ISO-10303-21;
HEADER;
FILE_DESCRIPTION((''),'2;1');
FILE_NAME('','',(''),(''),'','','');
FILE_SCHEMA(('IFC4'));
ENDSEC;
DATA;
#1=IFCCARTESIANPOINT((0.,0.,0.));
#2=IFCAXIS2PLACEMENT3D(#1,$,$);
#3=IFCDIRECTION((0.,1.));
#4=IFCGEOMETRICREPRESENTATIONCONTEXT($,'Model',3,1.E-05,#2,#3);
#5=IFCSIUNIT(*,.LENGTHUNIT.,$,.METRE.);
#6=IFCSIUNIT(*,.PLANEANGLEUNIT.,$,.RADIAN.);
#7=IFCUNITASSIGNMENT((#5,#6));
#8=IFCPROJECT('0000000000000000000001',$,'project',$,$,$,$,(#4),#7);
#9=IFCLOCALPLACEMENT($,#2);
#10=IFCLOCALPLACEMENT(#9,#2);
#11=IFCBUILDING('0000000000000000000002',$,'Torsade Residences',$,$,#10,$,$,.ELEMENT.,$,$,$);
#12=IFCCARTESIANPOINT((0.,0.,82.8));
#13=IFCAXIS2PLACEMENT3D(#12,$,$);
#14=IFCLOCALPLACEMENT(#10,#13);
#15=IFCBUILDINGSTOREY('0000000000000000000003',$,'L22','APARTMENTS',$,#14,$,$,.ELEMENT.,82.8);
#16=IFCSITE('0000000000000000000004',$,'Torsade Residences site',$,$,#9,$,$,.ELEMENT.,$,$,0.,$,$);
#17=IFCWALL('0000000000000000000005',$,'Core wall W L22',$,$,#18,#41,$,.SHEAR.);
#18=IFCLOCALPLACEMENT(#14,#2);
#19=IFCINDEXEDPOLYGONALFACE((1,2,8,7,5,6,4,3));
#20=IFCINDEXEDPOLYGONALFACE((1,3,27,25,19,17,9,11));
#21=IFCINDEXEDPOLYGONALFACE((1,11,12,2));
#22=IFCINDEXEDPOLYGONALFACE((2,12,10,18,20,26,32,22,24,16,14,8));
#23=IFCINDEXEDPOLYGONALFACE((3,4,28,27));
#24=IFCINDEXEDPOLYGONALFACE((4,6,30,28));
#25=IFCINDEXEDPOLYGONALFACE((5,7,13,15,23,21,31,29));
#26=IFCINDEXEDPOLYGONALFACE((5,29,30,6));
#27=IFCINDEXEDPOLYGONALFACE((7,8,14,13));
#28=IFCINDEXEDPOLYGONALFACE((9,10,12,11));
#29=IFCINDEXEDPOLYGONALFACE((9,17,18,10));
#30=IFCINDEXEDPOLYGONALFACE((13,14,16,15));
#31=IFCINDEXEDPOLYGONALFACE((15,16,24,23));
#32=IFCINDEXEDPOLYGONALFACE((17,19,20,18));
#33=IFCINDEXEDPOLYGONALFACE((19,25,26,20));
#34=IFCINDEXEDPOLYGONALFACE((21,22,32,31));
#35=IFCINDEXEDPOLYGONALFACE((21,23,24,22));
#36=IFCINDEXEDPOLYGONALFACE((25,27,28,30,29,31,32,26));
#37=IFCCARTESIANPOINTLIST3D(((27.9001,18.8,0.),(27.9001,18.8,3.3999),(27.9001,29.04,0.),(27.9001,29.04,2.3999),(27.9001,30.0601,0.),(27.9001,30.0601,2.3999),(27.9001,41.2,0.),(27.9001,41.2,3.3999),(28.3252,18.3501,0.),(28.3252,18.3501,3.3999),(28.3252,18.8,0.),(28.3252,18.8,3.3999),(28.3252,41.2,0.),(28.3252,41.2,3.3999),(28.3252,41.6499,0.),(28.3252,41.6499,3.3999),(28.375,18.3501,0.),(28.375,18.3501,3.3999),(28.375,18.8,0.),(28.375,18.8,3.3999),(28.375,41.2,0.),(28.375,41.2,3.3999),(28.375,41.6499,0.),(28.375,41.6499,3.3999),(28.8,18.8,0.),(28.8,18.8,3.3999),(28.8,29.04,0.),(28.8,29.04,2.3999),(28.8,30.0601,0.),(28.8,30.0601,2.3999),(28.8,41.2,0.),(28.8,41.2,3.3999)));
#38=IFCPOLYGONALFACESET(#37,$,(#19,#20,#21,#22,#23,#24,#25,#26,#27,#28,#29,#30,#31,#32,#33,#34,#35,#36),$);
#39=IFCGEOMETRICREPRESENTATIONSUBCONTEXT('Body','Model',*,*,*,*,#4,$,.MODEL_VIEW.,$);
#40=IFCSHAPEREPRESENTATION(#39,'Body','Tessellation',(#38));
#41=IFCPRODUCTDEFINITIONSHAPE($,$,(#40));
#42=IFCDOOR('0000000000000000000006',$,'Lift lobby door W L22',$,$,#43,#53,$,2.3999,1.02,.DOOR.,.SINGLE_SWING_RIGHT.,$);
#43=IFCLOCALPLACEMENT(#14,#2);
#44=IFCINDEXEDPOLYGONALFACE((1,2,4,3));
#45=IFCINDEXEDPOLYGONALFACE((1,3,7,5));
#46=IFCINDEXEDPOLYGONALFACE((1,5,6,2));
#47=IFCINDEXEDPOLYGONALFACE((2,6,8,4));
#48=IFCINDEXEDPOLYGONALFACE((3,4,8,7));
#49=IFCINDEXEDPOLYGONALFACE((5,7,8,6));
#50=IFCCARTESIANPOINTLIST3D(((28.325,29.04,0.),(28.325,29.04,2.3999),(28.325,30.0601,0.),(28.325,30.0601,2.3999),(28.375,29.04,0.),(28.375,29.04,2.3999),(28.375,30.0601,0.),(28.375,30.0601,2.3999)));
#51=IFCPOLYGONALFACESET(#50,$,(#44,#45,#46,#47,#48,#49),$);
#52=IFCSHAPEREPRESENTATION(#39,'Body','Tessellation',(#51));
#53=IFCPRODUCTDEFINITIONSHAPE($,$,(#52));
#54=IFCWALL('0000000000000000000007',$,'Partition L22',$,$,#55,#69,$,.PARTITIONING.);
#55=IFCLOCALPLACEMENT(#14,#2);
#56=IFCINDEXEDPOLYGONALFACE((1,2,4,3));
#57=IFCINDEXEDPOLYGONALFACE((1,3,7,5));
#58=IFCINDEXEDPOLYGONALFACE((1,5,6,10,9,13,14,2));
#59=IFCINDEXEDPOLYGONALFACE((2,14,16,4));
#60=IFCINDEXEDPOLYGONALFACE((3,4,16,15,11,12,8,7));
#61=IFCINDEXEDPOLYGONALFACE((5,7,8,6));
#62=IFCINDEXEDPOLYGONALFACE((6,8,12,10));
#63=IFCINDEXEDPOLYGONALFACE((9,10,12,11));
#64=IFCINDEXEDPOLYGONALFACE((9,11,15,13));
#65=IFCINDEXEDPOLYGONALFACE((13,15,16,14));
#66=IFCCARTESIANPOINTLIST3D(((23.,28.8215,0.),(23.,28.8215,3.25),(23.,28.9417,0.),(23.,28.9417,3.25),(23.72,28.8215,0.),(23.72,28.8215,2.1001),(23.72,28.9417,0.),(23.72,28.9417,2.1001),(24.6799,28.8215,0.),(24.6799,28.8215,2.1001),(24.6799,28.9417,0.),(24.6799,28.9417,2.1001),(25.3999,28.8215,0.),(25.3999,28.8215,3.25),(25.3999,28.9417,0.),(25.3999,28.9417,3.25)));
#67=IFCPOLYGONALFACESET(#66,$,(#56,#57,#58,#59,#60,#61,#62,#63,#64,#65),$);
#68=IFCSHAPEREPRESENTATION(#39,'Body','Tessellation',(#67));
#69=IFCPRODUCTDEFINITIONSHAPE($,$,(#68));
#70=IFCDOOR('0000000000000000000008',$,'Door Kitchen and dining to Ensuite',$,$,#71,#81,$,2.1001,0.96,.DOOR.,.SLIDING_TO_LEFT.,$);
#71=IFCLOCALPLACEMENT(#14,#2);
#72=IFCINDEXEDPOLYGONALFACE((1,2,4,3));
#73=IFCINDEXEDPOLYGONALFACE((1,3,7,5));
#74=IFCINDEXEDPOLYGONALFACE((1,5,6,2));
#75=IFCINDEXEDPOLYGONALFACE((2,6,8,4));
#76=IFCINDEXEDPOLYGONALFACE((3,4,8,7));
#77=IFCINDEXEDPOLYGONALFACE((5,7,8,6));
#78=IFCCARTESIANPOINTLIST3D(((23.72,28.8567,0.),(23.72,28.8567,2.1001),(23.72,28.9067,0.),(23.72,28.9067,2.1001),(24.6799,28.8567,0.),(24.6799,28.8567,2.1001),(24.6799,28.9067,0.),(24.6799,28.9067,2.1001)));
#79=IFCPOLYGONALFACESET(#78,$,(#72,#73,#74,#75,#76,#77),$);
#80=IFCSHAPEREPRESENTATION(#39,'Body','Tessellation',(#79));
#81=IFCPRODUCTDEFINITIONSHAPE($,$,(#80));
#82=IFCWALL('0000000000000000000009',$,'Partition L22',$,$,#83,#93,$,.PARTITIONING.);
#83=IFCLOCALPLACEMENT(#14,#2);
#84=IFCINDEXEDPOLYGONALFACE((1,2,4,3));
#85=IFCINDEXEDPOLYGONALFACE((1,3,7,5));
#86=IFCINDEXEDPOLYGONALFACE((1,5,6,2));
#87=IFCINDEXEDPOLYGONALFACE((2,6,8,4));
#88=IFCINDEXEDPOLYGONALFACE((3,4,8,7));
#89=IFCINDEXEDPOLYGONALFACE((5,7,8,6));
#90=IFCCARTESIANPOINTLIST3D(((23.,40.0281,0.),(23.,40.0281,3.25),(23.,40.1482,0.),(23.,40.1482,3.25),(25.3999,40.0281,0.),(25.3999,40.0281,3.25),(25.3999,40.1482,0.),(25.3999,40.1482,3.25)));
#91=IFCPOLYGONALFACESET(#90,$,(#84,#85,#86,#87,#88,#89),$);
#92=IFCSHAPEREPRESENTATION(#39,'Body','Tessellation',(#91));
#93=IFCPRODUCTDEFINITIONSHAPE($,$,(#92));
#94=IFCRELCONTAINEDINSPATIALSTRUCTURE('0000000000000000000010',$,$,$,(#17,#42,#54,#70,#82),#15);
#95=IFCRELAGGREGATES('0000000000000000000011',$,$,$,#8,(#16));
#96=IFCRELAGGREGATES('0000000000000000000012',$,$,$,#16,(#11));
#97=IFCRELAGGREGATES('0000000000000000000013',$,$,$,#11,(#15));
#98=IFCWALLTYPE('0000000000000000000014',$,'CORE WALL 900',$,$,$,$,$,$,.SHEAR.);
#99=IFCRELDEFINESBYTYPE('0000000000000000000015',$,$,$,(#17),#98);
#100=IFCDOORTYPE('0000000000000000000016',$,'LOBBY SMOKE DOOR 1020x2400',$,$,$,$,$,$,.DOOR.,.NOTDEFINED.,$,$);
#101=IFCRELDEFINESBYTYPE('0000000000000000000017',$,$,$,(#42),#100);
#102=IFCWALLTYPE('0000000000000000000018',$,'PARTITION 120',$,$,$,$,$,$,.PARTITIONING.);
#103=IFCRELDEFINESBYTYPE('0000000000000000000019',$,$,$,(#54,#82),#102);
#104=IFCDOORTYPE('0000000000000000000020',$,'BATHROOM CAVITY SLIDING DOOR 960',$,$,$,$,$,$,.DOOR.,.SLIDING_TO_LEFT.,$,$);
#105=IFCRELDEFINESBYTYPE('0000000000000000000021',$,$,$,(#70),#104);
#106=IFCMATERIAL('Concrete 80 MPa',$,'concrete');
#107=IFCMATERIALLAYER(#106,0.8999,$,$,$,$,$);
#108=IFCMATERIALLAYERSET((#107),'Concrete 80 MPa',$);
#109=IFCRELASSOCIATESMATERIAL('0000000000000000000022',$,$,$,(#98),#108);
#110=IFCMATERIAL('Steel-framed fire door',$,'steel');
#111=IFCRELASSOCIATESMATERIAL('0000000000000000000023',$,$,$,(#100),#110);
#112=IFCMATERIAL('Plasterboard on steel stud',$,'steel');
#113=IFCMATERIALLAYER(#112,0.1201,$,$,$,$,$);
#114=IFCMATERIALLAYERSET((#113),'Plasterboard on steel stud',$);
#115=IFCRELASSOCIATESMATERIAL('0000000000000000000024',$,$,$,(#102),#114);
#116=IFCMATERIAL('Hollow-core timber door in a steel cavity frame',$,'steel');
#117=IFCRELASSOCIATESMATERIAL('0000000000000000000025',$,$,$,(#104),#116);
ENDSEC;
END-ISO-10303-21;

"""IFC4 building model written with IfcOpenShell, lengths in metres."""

from ifc_helpers import new_model, si_unit, direction, frame, frame_2d, origin, place, context, subcontext, project, spatial, polyline, rectangle, outline, extrude, material, layer, layer_set, type_object, element, fill, save


model = new_model("IFC4")

# Units and contexts
model_context = context("Model", 3, precision=1e-05, world=origin(), true_north=direction((0.0, 1.0)))
body_context = subcontext(model_context, "Body", "Model", "MODEL_VIEW")
ifc_project = project(units=[si_unit("LENGTHUNIT", "METRE"), si_unit("PLANEANGLEUNIT", "RADIAN")], contexts=[model_context])

# Site, building, storey
site_placement = place(None, origin())
site = spatial("IfcSite", under=ifc_project, at=site_placement, Name="Torsade Residences site", CompositionType="ELEMENT", RefElevation=0.0)
building_placement = place(site_placement, origin())
building = spatial("IfcBuilding", under=site, at=building_placement, Name="Torsade Residences", CompositionType="ELEMENT")
storey_placement = place(building_placement, frame((0.0, 0.0, 82.8)))
storey = spatial("IfcBuildingStorey", under=building, at=storey_placement, Name="L22", Description="APARTMENTS", CompositionType="ELEMENT", Elevation=82.8)

# Shared definitions
ifc_material_1 = material(Name="Concrete 80 MPa", Category="concrete")
ifc_layer_1 = layer(ifc_material_1, 0.8999)
ifc_layer_set_1 = layer_set([ifc_layer_1], Name="Concrete 80 MPa")
wall_type_1 = type_object("IfcWallType", Name="CORE WALL 900", PredefinedType="SHEAR", material=ifc_layer_set_1)

# Walls, openings, doors
wall_1_placement = place(storey_placement, frame((28.3501, 41.2, 0.0), z_axis=(0.0, 0.0, 1.0), x_axis=(0.0, -1.0, 0.0)))
wall_1 = element("IfcWall", 1, at=wall_1_placement, inside=storey, type_object=wall_type_1, Name="Core wall W L22", PredefinedType="SHEAR", context=body_context, shape_type="SweptSolid", body=[
    extrude(outline(polyline([(0.0, -0.45), (22.3999, -0.45), (22.3999, -0.0249), (22.8499, -0.0249), (22.8499, 0.0249), (22.3999, 0.0249), (22.3999, 0.45), (0.0, 0.45), (0.0, 0.0249), (-0.45, 0.0249), (-0.45, -0.0249), (0.0, -0.0249), (0.0, -0.45)])), origin(), (0.0, 0.0, 1.0), 3.3999),
])
opening_1_placement = place(wall_1_placement, frame((11.1399, 0.0, 0.0)))
opening_1 = element("IfcOpeningElement", 2, at=opening_1_placement, cuts=wall_1, PredefinedType="OPENING", context=body_context, shape_type="SweptSolid", body=[
    extrude(rectangle(XDim=1.02, YDim=2.3999, at=frame_2d((0.51, 1.2))), frame((0.0, 0.46, 0.0), z_axis=(0.0, -1.0, 0.0), x_axis=(1.0, 0.0, 0.0)), (0.0, 0.0, 1.0), 0.9199),
])
ifc_material_2 = material(Name="Steel-framed fire door", Category="steel")
door_type_1 = type_object("IfcDoorType", Name="LOBBY SMOKE DOOR 1020x2400", OperationType="NOTDEFINED", PredefinedType="DOOR", material=ifc_material_2)
door_1_placement = place(opening_1_placement, origin())
door_1 = element("IfcDoor", 3, at=door_1_placement, inside=storey, type_object=door_type_1, Name="Lift lobby door W L22", OperationType="SINGLE_SWING_RIGHT", OverallHeight=2.3999, OverallWidth=1.02, PredefinedType="DOOR", context=body_context, shape_type="SweptSolid", body=[
    extrude(rectangle(XDim=1.02, YDim=2.3999, at=frame_2d((0.51, 1.2))), frame((0.0, 0.0249, 0.0), z_axis=(0.0, -1.0, 0.0), x_axis=(1.0, 0.0, 0.0)), (0.0, 0.0, 1.0), 0.05),
])
fill(opening_1, door_1)
ifc_material_3 = material(Name="Plasterboard on steel stud", Category="steel")
ifc_layer_2 = layer(ifc_material_3, 0.1201)
ifc_layer_set_2 = layer_set([ifc_layer_2], Name="Plasterboard on steel stud")
wall_type_2 = type_object("IfcWallType", Name="PARTITION 120", PredefinedType="PARTITIONING", material=ifc_layer_set_2)
wall_2_placement = place(storey_placement, frame((25.3999, 28.8816, 0.0), z_axis=(0.0, 0.0, 1.0), x_axis=(-1.0, 0.0, 0.0)))
wall_2 = element("IfcWall", 4, at=wall_2_placement, inside=storey, type_object=wall_type_2, Name="Partition L22", PredefinedType="PARTITIONING", context=body_context, shape_type="SweptSolid", body=[
    extrude(rectangle(XDim=2.3999, YDim=0.1201, at=frame_2d((1.2, 0.0))), origin(), (0.0, 0.0, 1.0), 3.25),
])
opening_2_placement = place(wall_2_placement, frame((0.72, 0.0, 0.0)))
opening_2 = element("IfcOpeningElement", 5, at=opening_2_placement, cuts=wall_2, PredefinedType="OPENING", context=body_context, shape_type="SweptSolid", body=[
    extrude(rectangle(XDim=0.96, YDim=2.1001, at=frame_2d((0.48, 1.05))), frame((0.0, 0.0701, 0.0), z_axis=(0.0, -1.0, 0.0), x_axis=(1.0, 0.0, 0.0)), (0.0, 0.0, 1.0), 0.1401),
])
ifc_material_4 = material(Name="Hollow-core timber door in a steel cavity frame", Category="steel")
door_type_2 = type_object("IfcDoorType", Name="BATHROOM CAVITY SLIDING DOOR 960", OperationType="SLIDING_TO_LEFT", PredefinedType="DOOR", material=ifc_material_4)
door_2_placement = place(opening_2_placement, origin())
door_2 = element("IfcDoor", 6, at=door_2_placement, inside=storey, type_object=door_type_2, Name="Door Kitchen and dining to Ensuite", OperationType="SLIDING_TO_LEFT", OverallHeight=2.1001, OverallWidth=0.96, PredefinedType="DOOR", context=body_context, shape_type="SweptSolid", body=[
    extrude(rectangle(XDim=0.96, YDim=2.1001, at=frame_2d((0.48, 1.05))), frame((0.0, 0.0249, 0.0), z_axis=(0.0, -1.0, 0.0), x_axis=(1.0, 0.0, 0.0)), (0.0, 0.0, 1.0), 0.05),
])
fill(opening_2, door_2)

# Wall
wall_3_placement = place(storey_placement, frame((25.3999, 40.0881, 0.0), z_axis=(0.0, 0.0, 1.0), x_axis=(-1.0, 0.0, 0.0)))
element("IfcWall", 7, at=wall_3_placement, inside=storey, type_object=wall_type_2, Name="Partition L22", PredefinedType="PARTITIONING", context=body_context, shape_type="SweptSolid", body=[
    extrude(rectangle(XDim=2.3999, YDim=0.1201, at=frame_2d((1.2, 0.0))), origin(), (0.0, 0.0, 1.0), 3.25),
])

save(model, "model.ifc")
